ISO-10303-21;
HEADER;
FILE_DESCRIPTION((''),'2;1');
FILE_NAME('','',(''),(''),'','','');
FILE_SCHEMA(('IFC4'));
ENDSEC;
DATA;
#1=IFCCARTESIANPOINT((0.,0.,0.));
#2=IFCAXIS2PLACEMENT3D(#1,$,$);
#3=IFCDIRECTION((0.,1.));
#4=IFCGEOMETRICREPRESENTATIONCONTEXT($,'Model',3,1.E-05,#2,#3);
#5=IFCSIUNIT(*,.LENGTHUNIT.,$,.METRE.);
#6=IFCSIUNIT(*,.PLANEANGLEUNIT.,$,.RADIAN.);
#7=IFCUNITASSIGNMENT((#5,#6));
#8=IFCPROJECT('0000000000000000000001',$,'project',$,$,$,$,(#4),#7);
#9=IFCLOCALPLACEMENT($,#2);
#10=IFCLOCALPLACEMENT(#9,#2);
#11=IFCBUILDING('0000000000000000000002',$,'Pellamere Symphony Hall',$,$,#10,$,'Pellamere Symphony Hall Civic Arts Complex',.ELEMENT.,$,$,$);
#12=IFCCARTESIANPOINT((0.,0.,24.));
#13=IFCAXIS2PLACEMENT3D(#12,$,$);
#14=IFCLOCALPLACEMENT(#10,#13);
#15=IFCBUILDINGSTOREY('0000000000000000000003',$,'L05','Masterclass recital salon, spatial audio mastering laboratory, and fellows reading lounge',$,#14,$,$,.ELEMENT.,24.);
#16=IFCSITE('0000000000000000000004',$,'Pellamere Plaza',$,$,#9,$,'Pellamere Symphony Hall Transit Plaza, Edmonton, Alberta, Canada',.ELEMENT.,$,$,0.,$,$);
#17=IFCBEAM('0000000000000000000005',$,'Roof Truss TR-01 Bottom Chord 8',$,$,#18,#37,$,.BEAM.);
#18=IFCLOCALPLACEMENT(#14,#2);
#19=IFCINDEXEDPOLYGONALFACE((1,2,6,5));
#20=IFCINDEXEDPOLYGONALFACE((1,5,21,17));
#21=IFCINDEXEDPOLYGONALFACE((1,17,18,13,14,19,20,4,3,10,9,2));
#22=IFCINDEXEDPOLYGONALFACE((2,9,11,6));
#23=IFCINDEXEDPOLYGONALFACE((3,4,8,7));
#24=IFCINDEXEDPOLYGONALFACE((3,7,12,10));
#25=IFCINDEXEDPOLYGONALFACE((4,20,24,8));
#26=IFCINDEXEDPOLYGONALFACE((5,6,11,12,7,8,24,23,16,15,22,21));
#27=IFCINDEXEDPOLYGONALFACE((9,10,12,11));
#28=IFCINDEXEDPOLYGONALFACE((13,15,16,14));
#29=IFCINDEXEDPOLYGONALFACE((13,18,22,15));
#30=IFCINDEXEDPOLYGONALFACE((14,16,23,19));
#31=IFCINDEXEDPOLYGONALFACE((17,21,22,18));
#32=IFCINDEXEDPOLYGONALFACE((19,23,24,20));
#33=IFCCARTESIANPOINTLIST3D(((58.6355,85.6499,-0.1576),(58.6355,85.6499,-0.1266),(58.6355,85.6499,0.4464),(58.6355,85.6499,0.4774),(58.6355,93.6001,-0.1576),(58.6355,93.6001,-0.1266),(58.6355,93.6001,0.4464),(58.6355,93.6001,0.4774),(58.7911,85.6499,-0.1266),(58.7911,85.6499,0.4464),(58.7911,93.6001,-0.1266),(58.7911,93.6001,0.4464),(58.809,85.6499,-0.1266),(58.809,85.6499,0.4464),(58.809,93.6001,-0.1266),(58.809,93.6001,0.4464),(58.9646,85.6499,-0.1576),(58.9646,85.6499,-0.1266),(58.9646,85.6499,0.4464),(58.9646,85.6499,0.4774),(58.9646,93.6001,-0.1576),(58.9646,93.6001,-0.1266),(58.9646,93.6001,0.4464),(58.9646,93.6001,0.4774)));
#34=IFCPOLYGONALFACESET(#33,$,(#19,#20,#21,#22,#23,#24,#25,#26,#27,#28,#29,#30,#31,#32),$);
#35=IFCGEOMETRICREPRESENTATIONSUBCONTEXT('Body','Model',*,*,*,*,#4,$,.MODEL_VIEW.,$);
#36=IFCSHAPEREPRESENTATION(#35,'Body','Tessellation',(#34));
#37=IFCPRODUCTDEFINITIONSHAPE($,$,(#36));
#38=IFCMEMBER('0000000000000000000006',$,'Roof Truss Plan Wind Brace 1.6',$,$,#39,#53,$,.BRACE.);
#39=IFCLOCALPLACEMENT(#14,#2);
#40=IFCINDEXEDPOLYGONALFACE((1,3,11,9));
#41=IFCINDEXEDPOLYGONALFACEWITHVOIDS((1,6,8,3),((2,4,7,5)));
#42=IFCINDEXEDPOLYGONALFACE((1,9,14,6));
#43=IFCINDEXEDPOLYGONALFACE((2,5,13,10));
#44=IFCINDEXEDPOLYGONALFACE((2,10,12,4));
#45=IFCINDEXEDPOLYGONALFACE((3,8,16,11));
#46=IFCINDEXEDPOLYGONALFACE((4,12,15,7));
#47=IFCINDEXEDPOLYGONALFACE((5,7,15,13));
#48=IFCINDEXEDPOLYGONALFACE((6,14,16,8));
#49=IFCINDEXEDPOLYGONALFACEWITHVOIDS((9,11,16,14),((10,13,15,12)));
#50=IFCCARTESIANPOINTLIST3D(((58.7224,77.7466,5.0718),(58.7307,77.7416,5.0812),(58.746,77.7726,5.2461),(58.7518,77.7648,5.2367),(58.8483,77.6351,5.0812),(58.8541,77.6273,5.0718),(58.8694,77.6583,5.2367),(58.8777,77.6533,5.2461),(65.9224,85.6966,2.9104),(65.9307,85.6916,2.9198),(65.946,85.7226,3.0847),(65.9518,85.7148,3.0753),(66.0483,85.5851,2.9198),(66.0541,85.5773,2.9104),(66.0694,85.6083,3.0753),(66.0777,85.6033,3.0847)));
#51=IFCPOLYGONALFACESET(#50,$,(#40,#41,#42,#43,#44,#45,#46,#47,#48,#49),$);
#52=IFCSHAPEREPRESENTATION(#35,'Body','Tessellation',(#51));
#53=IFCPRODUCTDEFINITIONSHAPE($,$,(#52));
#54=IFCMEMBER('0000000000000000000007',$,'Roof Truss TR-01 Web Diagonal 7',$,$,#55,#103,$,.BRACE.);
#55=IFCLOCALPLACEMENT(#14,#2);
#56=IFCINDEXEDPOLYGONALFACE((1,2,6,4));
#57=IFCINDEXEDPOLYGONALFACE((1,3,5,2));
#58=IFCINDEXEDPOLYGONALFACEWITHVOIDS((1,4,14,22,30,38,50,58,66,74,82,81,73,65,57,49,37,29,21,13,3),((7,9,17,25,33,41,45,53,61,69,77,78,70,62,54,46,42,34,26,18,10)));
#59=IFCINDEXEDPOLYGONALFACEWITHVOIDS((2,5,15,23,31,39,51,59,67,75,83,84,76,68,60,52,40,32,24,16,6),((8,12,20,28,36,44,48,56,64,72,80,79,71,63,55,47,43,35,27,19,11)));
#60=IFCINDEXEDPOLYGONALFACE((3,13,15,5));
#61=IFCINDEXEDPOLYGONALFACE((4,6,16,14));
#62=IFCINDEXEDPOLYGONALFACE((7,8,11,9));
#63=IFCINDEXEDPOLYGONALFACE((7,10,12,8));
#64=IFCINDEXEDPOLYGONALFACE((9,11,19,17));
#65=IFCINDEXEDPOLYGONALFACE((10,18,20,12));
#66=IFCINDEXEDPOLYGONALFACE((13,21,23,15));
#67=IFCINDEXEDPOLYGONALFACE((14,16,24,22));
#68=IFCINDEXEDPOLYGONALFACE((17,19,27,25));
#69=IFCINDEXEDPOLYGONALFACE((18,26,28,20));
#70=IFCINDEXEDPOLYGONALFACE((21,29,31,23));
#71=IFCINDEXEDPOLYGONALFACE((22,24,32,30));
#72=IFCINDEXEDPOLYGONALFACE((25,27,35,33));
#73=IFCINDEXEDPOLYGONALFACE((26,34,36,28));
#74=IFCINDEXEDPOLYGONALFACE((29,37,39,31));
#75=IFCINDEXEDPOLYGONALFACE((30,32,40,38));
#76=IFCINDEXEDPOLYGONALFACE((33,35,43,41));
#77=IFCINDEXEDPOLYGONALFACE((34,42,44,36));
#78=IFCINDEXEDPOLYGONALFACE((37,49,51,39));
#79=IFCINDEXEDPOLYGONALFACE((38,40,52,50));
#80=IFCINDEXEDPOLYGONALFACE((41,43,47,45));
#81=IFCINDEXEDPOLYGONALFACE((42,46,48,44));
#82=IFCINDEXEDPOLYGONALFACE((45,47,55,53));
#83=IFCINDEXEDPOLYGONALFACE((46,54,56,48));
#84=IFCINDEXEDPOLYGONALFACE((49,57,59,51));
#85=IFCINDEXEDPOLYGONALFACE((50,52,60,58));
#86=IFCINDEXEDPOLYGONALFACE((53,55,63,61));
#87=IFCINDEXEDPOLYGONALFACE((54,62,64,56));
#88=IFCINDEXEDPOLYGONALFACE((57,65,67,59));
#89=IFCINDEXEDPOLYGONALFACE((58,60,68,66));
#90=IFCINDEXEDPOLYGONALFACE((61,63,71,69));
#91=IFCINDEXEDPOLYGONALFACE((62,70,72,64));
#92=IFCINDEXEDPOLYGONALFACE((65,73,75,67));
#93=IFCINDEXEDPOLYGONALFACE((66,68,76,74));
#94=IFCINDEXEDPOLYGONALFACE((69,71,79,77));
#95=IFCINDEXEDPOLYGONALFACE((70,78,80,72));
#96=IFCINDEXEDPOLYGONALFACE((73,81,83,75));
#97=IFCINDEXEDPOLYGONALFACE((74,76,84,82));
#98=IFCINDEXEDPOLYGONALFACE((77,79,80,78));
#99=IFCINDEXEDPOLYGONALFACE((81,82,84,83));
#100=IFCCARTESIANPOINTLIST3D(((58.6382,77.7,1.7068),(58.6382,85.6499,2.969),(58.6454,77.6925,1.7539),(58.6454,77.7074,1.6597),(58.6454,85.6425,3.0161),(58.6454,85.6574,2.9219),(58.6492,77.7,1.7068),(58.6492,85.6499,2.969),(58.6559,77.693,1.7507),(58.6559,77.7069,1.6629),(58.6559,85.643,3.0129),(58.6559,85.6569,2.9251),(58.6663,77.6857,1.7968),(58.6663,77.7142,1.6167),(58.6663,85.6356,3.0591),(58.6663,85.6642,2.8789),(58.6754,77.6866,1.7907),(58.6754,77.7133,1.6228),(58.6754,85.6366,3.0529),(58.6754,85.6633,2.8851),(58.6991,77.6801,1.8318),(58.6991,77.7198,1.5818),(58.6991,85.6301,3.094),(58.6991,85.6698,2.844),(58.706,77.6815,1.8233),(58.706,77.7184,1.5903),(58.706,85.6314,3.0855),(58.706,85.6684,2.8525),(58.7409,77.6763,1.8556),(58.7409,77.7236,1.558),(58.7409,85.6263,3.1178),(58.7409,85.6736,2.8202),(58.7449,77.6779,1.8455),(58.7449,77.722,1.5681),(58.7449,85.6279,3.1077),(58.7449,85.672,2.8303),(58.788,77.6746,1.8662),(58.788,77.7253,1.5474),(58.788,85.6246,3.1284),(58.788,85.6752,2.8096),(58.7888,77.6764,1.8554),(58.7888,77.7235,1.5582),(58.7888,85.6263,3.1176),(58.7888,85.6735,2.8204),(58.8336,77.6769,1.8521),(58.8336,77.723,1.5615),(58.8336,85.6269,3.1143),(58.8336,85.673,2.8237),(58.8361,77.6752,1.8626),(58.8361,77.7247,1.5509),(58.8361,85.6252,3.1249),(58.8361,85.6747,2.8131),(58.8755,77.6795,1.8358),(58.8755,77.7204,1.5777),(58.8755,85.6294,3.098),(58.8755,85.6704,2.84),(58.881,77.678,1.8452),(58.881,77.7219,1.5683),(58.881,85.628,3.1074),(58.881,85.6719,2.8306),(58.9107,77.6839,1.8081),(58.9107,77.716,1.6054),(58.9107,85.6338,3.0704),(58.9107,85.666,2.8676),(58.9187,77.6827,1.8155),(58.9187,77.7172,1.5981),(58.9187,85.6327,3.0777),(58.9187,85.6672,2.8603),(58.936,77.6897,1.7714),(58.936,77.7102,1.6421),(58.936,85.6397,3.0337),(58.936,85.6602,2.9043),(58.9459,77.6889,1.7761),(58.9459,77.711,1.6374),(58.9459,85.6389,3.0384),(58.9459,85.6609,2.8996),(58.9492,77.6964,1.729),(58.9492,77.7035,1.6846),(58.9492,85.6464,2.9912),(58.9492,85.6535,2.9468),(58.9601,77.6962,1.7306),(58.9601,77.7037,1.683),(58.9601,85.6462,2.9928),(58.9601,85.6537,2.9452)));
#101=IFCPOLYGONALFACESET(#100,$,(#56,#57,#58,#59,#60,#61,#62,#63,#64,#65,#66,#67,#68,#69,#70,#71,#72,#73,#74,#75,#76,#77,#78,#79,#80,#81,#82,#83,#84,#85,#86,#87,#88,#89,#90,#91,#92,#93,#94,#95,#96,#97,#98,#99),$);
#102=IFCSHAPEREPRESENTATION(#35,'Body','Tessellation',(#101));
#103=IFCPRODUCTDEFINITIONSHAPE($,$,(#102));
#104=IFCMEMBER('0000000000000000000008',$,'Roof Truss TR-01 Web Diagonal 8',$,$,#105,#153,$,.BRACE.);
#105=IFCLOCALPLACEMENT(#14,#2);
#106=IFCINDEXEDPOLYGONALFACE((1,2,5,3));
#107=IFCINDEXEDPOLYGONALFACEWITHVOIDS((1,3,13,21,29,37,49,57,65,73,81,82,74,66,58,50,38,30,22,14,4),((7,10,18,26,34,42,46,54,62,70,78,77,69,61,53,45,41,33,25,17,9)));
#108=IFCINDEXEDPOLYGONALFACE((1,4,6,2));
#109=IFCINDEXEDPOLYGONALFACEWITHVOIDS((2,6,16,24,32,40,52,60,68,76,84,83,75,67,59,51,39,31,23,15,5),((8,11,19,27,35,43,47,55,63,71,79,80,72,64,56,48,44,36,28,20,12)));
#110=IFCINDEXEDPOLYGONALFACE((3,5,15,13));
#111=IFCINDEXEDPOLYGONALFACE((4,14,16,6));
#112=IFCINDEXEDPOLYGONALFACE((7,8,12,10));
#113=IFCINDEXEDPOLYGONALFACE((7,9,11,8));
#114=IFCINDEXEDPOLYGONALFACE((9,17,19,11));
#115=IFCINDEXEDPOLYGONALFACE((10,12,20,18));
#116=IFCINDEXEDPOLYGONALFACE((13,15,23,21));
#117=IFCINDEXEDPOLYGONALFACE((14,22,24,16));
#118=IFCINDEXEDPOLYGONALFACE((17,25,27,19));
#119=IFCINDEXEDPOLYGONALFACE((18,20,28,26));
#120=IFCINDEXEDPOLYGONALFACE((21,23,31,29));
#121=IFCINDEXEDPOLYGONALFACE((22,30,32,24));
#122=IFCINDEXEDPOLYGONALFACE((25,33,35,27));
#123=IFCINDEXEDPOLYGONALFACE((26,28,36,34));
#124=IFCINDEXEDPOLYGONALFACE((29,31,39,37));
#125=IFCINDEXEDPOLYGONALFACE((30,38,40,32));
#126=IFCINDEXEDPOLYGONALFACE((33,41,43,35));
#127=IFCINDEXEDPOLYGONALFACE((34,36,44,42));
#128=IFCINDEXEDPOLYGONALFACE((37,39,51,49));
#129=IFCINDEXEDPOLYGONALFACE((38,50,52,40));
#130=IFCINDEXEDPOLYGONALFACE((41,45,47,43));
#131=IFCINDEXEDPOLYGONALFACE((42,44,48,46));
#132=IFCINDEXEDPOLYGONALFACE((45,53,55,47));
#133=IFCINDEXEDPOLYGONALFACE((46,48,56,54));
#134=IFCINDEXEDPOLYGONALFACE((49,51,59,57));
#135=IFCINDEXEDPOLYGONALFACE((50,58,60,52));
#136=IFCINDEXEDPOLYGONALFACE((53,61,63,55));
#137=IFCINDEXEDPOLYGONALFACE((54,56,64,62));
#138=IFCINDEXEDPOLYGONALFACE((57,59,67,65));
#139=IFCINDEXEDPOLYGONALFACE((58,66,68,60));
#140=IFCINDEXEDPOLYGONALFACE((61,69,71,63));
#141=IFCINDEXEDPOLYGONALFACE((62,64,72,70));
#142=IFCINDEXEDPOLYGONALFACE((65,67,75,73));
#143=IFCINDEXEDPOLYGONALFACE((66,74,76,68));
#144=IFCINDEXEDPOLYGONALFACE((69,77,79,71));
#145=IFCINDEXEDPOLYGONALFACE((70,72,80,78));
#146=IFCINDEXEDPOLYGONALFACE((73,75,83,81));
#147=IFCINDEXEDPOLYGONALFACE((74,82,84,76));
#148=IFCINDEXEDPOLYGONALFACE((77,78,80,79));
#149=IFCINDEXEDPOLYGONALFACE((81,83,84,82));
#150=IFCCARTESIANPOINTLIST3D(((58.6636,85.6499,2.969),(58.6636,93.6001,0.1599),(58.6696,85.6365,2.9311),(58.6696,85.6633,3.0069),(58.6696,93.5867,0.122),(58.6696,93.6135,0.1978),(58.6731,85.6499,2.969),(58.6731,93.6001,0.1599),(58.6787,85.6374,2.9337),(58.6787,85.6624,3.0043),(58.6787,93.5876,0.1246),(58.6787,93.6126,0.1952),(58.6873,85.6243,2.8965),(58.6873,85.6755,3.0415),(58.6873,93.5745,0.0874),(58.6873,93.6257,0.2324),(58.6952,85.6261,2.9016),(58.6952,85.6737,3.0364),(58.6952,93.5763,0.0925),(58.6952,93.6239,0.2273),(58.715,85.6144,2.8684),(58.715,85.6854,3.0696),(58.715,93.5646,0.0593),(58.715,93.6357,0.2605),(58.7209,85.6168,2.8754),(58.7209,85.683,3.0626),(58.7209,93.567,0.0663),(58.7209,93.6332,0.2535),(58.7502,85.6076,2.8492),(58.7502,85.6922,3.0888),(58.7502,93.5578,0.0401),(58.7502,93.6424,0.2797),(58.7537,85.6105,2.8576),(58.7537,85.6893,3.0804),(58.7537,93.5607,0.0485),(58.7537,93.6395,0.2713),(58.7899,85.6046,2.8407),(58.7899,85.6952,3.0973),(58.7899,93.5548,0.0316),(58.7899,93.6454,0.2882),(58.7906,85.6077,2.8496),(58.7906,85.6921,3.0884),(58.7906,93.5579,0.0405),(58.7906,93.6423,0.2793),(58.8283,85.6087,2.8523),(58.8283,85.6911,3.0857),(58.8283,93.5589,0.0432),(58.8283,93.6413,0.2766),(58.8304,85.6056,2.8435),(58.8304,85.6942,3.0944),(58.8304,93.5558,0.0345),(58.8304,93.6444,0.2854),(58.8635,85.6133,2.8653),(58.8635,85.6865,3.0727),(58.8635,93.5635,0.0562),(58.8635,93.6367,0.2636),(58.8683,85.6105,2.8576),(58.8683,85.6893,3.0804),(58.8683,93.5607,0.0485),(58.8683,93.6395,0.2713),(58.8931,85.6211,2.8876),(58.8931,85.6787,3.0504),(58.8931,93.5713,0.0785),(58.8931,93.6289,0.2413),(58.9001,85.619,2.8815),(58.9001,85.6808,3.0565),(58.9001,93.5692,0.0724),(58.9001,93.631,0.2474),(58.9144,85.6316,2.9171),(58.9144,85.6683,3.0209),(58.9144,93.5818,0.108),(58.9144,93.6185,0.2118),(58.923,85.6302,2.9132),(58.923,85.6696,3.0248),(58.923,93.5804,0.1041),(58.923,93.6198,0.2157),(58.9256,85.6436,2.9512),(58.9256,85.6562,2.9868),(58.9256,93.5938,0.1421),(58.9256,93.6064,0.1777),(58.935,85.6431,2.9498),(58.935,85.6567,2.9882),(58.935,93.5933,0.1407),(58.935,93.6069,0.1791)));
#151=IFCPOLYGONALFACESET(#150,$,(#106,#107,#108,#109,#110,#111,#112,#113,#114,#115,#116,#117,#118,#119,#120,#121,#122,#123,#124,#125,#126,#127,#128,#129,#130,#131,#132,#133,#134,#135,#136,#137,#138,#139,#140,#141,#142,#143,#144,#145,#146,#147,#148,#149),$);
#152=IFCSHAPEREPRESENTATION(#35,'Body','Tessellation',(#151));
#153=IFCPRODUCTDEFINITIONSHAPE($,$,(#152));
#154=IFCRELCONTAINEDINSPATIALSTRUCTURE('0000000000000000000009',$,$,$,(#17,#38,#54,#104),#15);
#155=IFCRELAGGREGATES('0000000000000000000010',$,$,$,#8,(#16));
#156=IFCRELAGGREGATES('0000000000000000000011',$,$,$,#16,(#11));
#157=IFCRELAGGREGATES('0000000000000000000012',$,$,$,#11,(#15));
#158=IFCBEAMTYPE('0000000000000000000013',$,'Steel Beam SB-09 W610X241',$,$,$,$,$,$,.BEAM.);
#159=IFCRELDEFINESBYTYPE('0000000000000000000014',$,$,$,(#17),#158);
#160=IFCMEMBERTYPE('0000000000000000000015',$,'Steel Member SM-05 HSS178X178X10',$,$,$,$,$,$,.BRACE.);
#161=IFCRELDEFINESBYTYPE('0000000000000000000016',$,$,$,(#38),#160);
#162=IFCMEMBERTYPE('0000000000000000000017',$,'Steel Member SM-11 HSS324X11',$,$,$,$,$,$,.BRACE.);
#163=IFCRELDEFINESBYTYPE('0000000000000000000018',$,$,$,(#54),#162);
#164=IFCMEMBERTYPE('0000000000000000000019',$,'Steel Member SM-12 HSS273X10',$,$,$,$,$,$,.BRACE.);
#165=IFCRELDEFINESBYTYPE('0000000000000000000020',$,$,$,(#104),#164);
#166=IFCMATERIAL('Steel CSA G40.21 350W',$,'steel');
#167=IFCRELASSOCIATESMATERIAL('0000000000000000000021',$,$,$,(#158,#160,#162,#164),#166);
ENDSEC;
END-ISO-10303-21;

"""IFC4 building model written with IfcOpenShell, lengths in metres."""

from ifc_helpers import new_model, si_unit, direction, frame, origin, origin_2d, place, context, subcontext, project, spatial, hollow_rectangle, hollow_circle, i_section, extrude, material, material_profile, profile_set, type_object, element, save


model = new_model("IFC4")

# Units and contexts
model_context = context("Model", 3, precision=1e-05, world=origin(), true_north=direction((0.0, 1.0)))
body_context = subcontext(model_context, "Body", "Model", "MODEL_VIEW")
ifc_project = project(units=[si_unit("LENGTHUNIT", "METRE"), si_unit("PLANEANGLEUNIT", "RADIAN")], contexts=[model_context])

# Site, building, storey
site_placement = place(None, origin())
site = spatial("IfcSite", under=ifc_project, at=site_placement, Name="Pellamere Plaza", LongName="Pellamere Symphony Hall Transit Plaza, Edmonton, Alberta, Canada", CompositionType="ELEMENT", RefElevation=0.0)
building_placement = place(site_placement, origin())
building = spatial("IfcBuilding", under=site, at=building_placement, Name="Pellamere Symphony Hall", LongName="Pellamere Symphony Hall Civic Arts Complex", CompositionType="ELEMENT")
storey_placement = place(building_placement, frame((0.0, 0.0, 24.0)))
storey = spatial("IfcBuildingStorey", under=building, at=storey_placement, Name="L05", Description="Masterclass recital salon, spatial audio mastering laboratory, and fellows reading lounge", CompositionType="ELEMENT", Elevation=24.0)

# Beam
ifc_material_1 = material(Name="Steel CSA G40.21 350W", Category="steel")
ifc_material_profile_1 = material_profile(ifc_material_1, i_section(OverallWidth=0.3291, OverallDepth=0.635, WebThickness=0.0178, FlangeThickness=0.031, at=origin_2d()), Name="W610X241")
ifc_profile_set_1 = profile_set([ifc_material_profile_1], Name="Steel CSA G40.21 350W")
beam_type_1 = type_object("IfcBeamType", Name="Steel Beam SB-09 W610X241", PredefinedType="BEAM", material=ifc_profile_set_1)
beam_1_placement = place(storey_placement, frame((58.8, 85.6499, 0.1599), z_axis=(0.0, 1.0, 0.0), x_axis=(-1.0, 0.0, 0.0)))
element("IfcBeam", 1, at=beam_1_placement, inside=storey, type_object=beam_type_1, Name="Roof Truss TR-01 Bottom Chord 8", PredefinedType="BEAM", context=body_context, shape_type="SweptSolid", body=[
    extrude(i_section(OverallWidth=0.3291, OverallDepth=0.635, WebThickness=0.0178, FlangeThickness=0.031, at=origin_2d()), origin(), (0.0, 0.0, 1.0), 7.9502),
])

# Members
ifc_material_profile_2 = material_profile(ifc_material_1, hollow_rectangle(XDim=0.1777, YDim=0.1777, WallThickness=0.0095, at=origin_2d()), Name="HSS178X178X10")
ifc_profile_set_2 = profile_set([ifc_material_profile_2], Name="Steel CSA G40.21 350W")
member_type_1 = type_object("IfcMemberType", Name="Steel Member SM-05 HSS178X178X10", PredefinedType="BRACE", material=ifc_profile_set_2)
member_1_placement = place(storey_placement, frame((58.8, 77.7, 5.1589), z_axis=(0.658051, 0.726599, -0.197543), x_axis=(-0.741205, 0.671279, 0.0)))
element("IfcMember", 2, at=member_1_placement, inside=storey, type_object=member_type_1, Name="Roof Truss Plan Wind Brace 1.6", PredefinedType="BRACE", context=body_context, shape_type="SweptSolid", body=[
    extrude(hollow_rectangle(XDim=0.1777, YDim=0.1777, WallThickness=0.0095, at=origin_2d()), origin(), (0.0, 0.0, 1.0), 10.9414),
])
ifc_material_profile_3 = material_profile(ifc_material_1, hollow_circle(Radius=0.1619, WallThickness=0.011, at=origin_2d()), Name="HSS324X11")
ifc_profile_set_3 = profile_set([ifc_material_profile_3], Name="Steel CSA G40.21 350W")
member_type_2 = type_object("IfcMemberType", Name="Steel Member SM-11 HSS324X11", PredefinedType="BRACE", material=ifc_profile_set_3)
member_2_placement = place(storey_placement, frame((58.8, 77.7, 1.7068), z_axis=(0.0, 0.98763, 0.156805), x_axis=(-1.0, 0.0, 0.0)))
element("IfcMember", 3, at=member_2_placement, inside=storey, type_object=member_type_2, Name="Roof Truss TR-01 Web Diagonal 7", PredefinedType="BRACE", context=body_context, shape_type="SweptSolid", body=[
    extrude(hollow_circle(Radius=0.1619, WallThickness=0.011, at=origin_2d()), origin(), (0.0, 0.0, 1.0), 8.0496),
])
ifc_material_profile_4 = material_profile(ifc_material_1, hollow_circle(Radius=0.1365, WallThickness=0.0095, at=origin_2d()), Name="HSS273X10")
ifc_profile_set_4 = profile_set([ifc_material_profile_4], Name="Steel CSA G40.21 350W")
member_type_3 = type_object("IfcMemberType", Name="Steel Member SM-12 HSS273X10", PredefinedType="BRACE", material=ifc_profile_set_4)
member_3_placement = place(storey_placement, frame((58.8, 85.6499, 2.969), z_axis=(0.0, 0.942874, -0.33315), x_axis=(-1.0, 0.0, 0.0)))
element("IfcMember", 4, at=member_3_placement, inside=storey, type_object=member_type_3, Name="Roof Truss TR-01 Web Diagonal 8", PredefinedType="BRACE", context=body_context, shape_type="SweptSolid", body=[
    extrude(hollow_circle(Radius=0.1365, WallThickness=0.0095, at=origin_2d()), origin(), (0.0, 0.0, 1.0), 8.4319),
])

save(model, "model.ifc")
